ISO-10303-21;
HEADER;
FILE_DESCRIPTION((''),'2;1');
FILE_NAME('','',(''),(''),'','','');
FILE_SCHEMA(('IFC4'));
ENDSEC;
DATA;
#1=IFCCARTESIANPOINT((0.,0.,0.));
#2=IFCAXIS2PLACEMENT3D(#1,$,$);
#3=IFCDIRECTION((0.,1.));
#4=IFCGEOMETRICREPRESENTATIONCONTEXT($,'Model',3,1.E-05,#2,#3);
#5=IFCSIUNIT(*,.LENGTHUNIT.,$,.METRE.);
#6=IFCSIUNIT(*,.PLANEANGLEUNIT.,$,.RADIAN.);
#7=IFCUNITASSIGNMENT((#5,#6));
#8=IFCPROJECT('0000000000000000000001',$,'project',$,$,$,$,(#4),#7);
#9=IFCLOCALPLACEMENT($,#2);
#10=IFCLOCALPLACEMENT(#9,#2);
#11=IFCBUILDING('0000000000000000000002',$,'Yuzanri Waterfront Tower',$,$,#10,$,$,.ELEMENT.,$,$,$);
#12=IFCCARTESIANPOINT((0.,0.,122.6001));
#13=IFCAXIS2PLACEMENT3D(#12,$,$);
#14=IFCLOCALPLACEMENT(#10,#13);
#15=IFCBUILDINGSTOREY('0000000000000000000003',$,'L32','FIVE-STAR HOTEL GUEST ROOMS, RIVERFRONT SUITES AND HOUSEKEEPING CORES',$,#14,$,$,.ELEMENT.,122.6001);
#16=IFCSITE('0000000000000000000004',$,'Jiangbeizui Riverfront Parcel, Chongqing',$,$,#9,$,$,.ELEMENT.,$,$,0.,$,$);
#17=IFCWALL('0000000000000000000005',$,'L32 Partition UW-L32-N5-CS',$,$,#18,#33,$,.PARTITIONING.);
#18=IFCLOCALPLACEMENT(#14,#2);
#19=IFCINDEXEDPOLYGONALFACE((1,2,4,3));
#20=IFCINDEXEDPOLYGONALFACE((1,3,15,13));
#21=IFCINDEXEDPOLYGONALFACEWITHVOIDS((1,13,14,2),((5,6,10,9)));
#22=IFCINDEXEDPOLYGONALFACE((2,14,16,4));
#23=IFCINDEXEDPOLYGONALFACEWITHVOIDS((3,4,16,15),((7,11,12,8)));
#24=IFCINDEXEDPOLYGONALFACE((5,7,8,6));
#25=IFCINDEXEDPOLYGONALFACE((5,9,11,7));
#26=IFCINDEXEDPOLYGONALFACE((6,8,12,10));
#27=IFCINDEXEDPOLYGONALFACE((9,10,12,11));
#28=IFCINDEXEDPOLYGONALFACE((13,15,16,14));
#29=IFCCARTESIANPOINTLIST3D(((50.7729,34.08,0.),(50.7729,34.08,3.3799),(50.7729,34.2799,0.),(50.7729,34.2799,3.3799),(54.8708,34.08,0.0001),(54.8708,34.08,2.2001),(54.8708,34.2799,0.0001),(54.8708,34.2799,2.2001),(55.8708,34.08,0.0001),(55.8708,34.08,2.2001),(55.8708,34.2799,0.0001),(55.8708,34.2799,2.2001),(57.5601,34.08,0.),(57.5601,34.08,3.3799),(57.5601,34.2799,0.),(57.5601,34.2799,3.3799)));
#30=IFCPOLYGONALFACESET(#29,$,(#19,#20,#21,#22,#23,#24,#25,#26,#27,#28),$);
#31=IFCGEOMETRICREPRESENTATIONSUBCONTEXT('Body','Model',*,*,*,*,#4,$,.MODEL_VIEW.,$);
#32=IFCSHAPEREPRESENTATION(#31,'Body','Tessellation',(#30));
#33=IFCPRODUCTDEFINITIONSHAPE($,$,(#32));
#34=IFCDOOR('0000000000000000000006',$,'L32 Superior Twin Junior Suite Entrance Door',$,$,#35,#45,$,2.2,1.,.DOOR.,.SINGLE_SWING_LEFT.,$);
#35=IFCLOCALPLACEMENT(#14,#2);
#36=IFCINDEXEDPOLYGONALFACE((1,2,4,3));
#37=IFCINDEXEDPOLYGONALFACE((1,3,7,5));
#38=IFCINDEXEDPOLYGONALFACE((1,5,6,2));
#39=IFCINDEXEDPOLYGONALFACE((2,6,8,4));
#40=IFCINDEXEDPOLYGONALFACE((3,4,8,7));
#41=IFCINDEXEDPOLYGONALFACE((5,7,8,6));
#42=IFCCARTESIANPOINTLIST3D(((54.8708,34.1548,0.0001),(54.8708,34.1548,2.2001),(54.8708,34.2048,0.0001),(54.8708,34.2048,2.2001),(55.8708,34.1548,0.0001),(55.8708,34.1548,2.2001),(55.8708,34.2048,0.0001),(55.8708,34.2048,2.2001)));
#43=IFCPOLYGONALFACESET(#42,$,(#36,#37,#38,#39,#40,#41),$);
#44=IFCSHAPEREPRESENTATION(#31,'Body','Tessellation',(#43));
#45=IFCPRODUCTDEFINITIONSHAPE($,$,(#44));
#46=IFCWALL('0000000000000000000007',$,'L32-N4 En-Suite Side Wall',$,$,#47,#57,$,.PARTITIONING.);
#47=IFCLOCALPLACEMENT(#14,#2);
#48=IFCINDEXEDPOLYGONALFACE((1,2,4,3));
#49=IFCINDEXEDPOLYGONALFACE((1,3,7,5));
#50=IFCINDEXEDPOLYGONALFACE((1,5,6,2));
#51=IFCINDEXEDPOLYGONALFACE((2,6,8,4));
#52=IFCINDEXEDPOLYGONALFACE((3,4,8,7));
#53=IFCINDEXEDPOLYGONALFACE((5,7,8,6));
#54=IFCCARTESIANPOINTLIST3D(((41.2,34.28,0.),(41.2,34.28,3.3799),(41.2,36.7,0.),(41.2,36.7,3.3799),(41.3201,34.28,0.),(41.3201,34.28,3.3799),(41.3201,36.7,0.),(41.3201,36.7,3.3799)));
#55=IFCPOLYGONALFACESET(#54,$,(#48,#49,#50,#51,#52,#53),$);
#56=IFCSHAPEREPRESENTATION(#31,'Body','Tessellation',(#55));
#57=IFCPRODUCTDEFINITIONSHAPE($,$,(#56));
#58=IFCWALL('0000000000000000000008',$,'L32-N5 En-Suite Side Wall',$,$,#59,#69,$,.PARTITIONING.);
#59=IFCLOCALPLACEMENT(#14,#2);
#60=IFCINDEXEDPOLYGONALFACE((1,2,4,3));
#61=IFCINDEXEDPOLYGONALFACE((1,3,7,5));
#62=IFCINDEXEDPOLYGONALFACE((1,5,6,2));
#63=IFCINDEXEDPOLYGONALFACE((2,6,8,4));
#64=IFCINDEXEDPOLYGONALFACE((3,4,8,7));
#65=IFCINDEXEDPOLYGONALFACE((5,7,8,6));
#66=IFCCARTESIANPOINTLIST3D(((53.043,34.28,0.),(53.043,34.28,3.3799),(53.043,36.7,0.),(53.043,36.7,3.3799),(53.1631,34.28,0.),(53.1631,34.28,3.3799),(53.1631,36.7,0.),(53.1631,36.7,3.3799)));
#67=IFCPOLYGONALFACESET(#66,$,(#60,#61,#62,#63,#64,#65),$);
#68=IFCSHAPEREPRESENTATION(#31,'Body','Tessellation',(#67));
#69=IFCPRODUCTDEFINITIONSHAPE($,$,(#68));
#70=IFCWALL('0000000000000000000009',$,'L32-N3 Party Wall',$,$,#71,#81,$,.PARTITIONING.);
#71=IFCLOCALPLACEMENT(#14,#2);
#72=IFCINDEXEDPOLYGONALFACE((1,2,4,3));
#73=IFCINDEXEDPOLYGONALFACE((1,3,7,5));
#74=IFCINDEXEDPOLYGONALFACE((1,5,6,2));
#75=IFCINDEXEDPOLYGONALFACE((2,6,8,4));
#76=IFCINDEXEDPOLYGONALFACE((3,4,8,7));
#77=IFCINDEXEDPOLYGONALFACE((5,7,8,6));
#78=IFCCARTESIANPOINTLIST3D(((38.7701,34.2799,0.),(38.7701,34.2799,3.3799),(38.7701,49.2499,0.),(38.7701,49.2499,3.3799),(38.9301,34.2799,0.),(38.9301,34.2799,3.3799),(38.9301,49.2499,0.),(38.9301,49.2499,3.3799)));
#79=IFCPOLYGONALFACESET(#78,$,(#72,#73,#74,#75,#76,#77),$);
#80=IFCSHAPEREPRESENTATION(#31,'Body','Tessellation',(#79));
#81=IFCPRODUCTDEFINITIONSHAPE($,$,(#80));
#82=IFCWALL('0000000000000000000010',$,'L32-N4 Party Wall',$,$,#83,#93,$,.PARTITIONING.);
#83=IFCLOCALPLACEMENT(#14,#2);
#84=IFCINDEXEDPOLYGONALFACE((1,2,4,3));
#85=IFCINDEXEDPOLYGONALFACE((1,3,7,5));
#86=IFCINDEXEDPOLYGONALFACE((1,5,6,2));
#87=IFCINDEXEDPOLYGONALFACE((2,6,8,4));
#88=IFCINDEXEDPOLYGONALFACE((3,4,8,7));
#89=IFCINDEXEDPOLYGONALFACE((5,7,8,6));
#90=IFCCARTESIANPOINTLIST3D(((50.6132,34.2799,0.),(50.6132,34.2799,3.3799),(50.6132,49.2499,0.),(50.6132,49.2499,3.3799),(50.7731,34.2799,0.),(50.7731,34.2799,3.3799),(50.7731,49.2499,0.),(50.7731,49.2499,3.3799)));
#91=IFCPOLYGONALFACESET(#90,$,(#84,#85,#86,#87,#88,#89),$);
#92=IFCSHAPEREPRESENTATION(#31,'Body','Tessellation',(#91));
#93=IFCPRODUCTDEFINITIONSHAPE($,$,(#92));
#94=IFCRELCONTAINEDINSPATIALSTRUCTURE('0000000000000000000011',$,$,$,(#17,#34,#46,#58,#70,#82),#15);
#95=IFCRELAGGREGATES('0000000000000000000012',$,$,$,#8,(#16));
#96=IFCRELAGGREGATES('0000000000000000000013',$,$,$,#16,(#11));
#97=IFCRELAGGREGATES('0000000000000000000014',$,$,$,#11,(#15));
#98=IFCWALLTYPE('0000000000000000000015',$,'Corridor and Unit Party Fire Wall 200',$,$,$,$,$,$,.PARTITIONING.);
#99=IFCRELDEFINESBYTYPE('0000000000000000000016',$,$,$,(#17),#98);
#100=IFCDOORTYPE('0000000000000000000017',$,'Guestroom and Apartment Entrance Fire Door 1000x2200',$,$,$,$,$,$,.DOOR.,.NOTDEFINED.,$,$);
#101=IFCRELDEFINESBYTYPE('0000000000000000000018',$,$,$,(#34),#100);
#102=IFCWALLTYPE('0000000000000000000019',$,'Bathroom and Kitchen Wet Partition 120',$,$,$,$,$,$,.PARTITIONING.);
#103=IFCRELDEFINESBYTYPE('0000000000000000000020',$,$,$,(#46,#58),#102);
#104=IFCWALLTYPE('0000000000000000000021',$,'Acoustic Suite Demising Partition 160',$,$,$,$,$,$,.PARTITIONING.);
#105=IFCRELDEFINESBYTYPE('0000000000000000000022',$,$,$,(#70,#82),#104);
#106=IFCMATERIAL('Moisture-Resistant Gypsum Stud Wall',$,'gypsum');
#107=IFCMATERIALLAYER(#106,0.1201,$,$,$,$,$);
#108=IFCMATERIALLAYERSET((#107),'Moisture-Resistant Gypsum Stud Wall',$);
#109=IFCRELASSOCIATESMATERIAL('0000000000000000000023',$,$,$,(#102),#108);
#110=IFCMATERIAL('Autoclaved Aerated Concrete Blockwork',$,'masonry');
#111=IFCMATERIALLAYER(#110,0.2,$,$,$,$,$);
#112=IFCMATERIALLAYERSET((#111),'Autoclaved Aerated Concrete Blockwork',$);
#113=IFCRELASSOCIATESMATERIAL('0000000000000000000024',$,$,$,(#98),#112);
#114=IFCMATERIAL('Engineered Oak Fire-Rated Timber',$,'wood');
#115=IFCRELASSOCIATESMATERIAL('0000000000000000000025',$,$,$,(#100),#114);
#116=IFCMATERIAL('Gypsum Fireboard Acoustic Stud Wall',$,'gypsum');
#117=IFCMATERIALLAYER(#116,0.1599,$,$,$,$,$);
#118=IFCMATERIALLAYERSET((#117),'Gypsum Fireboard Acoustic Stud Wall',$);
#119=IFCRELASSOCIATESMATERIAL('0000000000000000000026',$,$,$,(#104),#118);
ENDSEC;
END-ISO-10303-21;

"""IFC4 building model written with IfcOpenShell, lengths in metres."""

from ifc_helpers import new_model, si_unit, direction, frame, frame_2d, origin, place, context, subcontext, project, spatial, rectangle, extrude, source, transform, mapped, material, layer, layer_set, type_object, element, fill, save


model = new_model("IFC4")

# Units and contexts
model_context = context("Model", 3, precision=1e-05, world=origin(), true_north=direction((0.0, 1.0)))
body_context = subcontext(model_context, "Body", "Model", "MODEL_VIEW")
ifc_project = project(units=[si_unit("LENGTHUNIT", "METRE"), si_unit("PLANEANGLEUNIT", "RADIAN")], contexts=[model_context])

# Site, building, storey
site_placement = place(None, origin())
site = spatial("IfcSite", under=ifc_project, at=site_placement, Name="Jiangbeizui Riverfront Parcel, Chongqing", CompositionType="ELEMENT", RefElevation=0.0)
building_placement = place(site_placement, origin())
building = spatial("IfcBuilding", under=site, at=building_placement, Name="Yuzanri Waterfront Tower", CompositionType="ELEMENT")
storey_placement = place(building_placement, frame((0.0, 0.0, 122.6001)))
storey = spatial("IfcBuildingStorey", under=building, at=storey_placement, Name="L32", Description="FIVE-STAR HOTEL GUEST ROOMS, RIVERFRONT SUITES AND HOUSEKEEPING CORES", CompositionType="ELEMENT", Elevation=122.6001)

# Wall, opening, door
ifc_material_1 = material(Name="Moisture-Resistant Gypsum Stud Wall", Category="gypsum")
ifc_layer_1 = layer(ifc_material_1, 0.1201)
ifc_layer_set_1 = layer_set([ifc_layer_1], Name="Moisture-Resistant Gypsum Stud Wall")
wall_type_1 = type_object("IfcWallType", Name="Bathroom and Kitchen Wet Partition 120", PredefinedType="PARTITIONING", material=ifc_layer_set_1)
ifc_material_2 = material(Name="Autoclaved Aerated Concrete Blockwork", Category="masonry")
ifc_layer_2 = layer(ifc_material_2, 0.2)
ifc_layer_set_2 = layer_set([ifc_layer_2], Name="Autoclaved Aerated Concrete Blockwork")
wall_type_2 = type_object("IfcWallType", Name="Corridor and Unit Party Fire Wall 200", PredefinedType="PARTITIONING", material=ifc_layer_set_2)
ifc_material_3 = material(Name="Engineered Oak Fire-Rated Timber", Category="wood")
door_type_1 = type_object("IfcDoorType", Name="Guestroom and Apartment Entrance Fire Door 1000x2200", OperationType="NOTDEFINED", PredefinedType="DOOR", material=ifc_material_3)
shared_shape_1 = source(origin(), body_context, "Body", "SweptSolid", [
    extrude(rectangle(XDim=1.0, YDim=2.2, at=frame_2d((0.5, 1.1001))), frame((0.0, 0.0249, 0.0), z_axis=(0.0, -1.0, 0.0), x_axis=(1.0, 0.0, 0.0)), (0.0, 0.0, 1.0), 0.05),
])
wall_1_placement = place(storey_placement, frame((50.7729, 34.1799, 0.0), z_axis=(0.0, 0.0, 1.0), x_axis=(1.0, 0.0, 0.0)))
wall_1 = element("IfcWall", 1, at=wall_1_placement, inside=storey, type_object=wall_type_2, Name="L32 Partition UW-L32-N5-CS", PredefinedType="PARTITIONING", context=body_context, shape_type="SweptSolid", body=[
    extrude(rectangle(XDim=6.7871, YDim=0.2, at=frame_2d((3.3936, 0.0))), origin(), (0.0, 0.0, 1.0), 3.3799),
])
opening_1_placement = place(wall_1_placement, frame((4.0979, 0.0, 0.0)))
opening_1 = element("IfcOpeningElement", 2, at=opening_1_placement, cuts=wall_1, PredefinedType="OPENING", context=body_context, shape_type="SweptSolid", body=[
    extrude(rectangle(XDim=1.0, YDim=2.2, at=frame_2d((0.5, 1.1001))), frame((0.0, 0.1147, 0.0), z_axis=(0.0, -1.0, 0.0), x_axis=(1.0, 0.0, 0.0)), (0.0, 0.0, 1.0), 0.2297),
])
door_1_placement = place(opening_1_placement, origin())
door_1 = element("IfcDoor", 3, at=door_1_placement, inside=storey, type_object=door_type_1, Name="L32 Superior Twin Junior Suite Entrance Door", OperationType="SINGLE_SWING_LEFT", OverallHeight=2.2, OverallWidth=1.0, PredefinedType="DOOR", context=body_context, shape_type="MappedRepresentation", body=[
    mapped(shared_shape_1, transform((0.0, 0.0, 0.0), scale=1.0)),
])
fill(opening_1, door_1)

# Walls
shared_shape_2 = source(origin(), body_context, "Body", "SweptSolid", [
    extrude(rectangle(XDim=2.4199, YDim=0.1201, at=frame_2d((1.21, 0.0))), origin(), (0.0, 0.0, 1.0), 3.3799),
])
for number, where, z_axis, x_axis, name in (
    (4, (41.26, 34.28, 0.0), (0.0, 0.0, 1.0), (0.0, 1.0, 0.0), "L32-N4 En-Suite Side Wall"),
    (5, (53.103, 34.28, 0.0), (0.0, 0.0, 1.0), (0.0, 1.0, 0.0), "L32-N5 En-Suite Side Wall"),
):
    element("IfcWall", number, at=place(storey_placement, frame(where, z_axis=z_axis, x_axis=x_axis)), inside=storey, type_object=wall_type_1, Name=name, PredefinedType="PARTITIONING", context=body_context, shape_type="MappedRepresentation", body=[
        mapped(shared_shape_2, transform((0.0, 0.0, 0.0), scale=1.0)),
    ])
ifc_material_4 = material(Name="Gypsum Fireboard Acoustic Stud Wall", Category="gypsum")
ifc_layer_3 = layer(ifc_material_4, 0.1599)
ifc_layer_set_3 = layer_set([ifc_layer_3], Name="Gypsum Fireboard Acoustic Stud Wall")
wall_type_3 = type_object("IfcWallType", Name="Acoustic Suite Demising Partition 160", PredefinedType="PARTITIONING", material=ifc_layer_set_3)
shared_shape_3 = source(origin(), body_context, "Body", "SweptSolid", [
    extrude(rectangle(XDim=14.97, YDim=0.1599, at=frame_2d((7.4849, 0.0))), origin(), (0.0, 0.0, 1.0), 3.3799),
])
for number, where, z_axis, x_axis, name in (
    (6, (38.8501, 34.28, 0.0), (0.0, 0.0, 1.0), (0.0, 1.0, 0.0), "L32-N3 Party Wall"),
    (7, (50.6931, 34.28, 0.0), (0.0, 0.0, 1.0), (0.0, 1.0, 0.0), "L32-N4 Party Wall"),
):
    element("IfcWall", number, at=place(storey_placement, frame(where, z_axis=z_axis, x_axis=x_axis)), inside=storey, type_object=wall_type_3, Name=name, PredefinedType="PARTITIONING", context=body_context, shape_type="MappedRepresentation", body=[
        mapped(shared_shape_3, transform((0.0, 0.0, 0.0), scale=1.0)),
    ])

save(model, "model.ifc")
